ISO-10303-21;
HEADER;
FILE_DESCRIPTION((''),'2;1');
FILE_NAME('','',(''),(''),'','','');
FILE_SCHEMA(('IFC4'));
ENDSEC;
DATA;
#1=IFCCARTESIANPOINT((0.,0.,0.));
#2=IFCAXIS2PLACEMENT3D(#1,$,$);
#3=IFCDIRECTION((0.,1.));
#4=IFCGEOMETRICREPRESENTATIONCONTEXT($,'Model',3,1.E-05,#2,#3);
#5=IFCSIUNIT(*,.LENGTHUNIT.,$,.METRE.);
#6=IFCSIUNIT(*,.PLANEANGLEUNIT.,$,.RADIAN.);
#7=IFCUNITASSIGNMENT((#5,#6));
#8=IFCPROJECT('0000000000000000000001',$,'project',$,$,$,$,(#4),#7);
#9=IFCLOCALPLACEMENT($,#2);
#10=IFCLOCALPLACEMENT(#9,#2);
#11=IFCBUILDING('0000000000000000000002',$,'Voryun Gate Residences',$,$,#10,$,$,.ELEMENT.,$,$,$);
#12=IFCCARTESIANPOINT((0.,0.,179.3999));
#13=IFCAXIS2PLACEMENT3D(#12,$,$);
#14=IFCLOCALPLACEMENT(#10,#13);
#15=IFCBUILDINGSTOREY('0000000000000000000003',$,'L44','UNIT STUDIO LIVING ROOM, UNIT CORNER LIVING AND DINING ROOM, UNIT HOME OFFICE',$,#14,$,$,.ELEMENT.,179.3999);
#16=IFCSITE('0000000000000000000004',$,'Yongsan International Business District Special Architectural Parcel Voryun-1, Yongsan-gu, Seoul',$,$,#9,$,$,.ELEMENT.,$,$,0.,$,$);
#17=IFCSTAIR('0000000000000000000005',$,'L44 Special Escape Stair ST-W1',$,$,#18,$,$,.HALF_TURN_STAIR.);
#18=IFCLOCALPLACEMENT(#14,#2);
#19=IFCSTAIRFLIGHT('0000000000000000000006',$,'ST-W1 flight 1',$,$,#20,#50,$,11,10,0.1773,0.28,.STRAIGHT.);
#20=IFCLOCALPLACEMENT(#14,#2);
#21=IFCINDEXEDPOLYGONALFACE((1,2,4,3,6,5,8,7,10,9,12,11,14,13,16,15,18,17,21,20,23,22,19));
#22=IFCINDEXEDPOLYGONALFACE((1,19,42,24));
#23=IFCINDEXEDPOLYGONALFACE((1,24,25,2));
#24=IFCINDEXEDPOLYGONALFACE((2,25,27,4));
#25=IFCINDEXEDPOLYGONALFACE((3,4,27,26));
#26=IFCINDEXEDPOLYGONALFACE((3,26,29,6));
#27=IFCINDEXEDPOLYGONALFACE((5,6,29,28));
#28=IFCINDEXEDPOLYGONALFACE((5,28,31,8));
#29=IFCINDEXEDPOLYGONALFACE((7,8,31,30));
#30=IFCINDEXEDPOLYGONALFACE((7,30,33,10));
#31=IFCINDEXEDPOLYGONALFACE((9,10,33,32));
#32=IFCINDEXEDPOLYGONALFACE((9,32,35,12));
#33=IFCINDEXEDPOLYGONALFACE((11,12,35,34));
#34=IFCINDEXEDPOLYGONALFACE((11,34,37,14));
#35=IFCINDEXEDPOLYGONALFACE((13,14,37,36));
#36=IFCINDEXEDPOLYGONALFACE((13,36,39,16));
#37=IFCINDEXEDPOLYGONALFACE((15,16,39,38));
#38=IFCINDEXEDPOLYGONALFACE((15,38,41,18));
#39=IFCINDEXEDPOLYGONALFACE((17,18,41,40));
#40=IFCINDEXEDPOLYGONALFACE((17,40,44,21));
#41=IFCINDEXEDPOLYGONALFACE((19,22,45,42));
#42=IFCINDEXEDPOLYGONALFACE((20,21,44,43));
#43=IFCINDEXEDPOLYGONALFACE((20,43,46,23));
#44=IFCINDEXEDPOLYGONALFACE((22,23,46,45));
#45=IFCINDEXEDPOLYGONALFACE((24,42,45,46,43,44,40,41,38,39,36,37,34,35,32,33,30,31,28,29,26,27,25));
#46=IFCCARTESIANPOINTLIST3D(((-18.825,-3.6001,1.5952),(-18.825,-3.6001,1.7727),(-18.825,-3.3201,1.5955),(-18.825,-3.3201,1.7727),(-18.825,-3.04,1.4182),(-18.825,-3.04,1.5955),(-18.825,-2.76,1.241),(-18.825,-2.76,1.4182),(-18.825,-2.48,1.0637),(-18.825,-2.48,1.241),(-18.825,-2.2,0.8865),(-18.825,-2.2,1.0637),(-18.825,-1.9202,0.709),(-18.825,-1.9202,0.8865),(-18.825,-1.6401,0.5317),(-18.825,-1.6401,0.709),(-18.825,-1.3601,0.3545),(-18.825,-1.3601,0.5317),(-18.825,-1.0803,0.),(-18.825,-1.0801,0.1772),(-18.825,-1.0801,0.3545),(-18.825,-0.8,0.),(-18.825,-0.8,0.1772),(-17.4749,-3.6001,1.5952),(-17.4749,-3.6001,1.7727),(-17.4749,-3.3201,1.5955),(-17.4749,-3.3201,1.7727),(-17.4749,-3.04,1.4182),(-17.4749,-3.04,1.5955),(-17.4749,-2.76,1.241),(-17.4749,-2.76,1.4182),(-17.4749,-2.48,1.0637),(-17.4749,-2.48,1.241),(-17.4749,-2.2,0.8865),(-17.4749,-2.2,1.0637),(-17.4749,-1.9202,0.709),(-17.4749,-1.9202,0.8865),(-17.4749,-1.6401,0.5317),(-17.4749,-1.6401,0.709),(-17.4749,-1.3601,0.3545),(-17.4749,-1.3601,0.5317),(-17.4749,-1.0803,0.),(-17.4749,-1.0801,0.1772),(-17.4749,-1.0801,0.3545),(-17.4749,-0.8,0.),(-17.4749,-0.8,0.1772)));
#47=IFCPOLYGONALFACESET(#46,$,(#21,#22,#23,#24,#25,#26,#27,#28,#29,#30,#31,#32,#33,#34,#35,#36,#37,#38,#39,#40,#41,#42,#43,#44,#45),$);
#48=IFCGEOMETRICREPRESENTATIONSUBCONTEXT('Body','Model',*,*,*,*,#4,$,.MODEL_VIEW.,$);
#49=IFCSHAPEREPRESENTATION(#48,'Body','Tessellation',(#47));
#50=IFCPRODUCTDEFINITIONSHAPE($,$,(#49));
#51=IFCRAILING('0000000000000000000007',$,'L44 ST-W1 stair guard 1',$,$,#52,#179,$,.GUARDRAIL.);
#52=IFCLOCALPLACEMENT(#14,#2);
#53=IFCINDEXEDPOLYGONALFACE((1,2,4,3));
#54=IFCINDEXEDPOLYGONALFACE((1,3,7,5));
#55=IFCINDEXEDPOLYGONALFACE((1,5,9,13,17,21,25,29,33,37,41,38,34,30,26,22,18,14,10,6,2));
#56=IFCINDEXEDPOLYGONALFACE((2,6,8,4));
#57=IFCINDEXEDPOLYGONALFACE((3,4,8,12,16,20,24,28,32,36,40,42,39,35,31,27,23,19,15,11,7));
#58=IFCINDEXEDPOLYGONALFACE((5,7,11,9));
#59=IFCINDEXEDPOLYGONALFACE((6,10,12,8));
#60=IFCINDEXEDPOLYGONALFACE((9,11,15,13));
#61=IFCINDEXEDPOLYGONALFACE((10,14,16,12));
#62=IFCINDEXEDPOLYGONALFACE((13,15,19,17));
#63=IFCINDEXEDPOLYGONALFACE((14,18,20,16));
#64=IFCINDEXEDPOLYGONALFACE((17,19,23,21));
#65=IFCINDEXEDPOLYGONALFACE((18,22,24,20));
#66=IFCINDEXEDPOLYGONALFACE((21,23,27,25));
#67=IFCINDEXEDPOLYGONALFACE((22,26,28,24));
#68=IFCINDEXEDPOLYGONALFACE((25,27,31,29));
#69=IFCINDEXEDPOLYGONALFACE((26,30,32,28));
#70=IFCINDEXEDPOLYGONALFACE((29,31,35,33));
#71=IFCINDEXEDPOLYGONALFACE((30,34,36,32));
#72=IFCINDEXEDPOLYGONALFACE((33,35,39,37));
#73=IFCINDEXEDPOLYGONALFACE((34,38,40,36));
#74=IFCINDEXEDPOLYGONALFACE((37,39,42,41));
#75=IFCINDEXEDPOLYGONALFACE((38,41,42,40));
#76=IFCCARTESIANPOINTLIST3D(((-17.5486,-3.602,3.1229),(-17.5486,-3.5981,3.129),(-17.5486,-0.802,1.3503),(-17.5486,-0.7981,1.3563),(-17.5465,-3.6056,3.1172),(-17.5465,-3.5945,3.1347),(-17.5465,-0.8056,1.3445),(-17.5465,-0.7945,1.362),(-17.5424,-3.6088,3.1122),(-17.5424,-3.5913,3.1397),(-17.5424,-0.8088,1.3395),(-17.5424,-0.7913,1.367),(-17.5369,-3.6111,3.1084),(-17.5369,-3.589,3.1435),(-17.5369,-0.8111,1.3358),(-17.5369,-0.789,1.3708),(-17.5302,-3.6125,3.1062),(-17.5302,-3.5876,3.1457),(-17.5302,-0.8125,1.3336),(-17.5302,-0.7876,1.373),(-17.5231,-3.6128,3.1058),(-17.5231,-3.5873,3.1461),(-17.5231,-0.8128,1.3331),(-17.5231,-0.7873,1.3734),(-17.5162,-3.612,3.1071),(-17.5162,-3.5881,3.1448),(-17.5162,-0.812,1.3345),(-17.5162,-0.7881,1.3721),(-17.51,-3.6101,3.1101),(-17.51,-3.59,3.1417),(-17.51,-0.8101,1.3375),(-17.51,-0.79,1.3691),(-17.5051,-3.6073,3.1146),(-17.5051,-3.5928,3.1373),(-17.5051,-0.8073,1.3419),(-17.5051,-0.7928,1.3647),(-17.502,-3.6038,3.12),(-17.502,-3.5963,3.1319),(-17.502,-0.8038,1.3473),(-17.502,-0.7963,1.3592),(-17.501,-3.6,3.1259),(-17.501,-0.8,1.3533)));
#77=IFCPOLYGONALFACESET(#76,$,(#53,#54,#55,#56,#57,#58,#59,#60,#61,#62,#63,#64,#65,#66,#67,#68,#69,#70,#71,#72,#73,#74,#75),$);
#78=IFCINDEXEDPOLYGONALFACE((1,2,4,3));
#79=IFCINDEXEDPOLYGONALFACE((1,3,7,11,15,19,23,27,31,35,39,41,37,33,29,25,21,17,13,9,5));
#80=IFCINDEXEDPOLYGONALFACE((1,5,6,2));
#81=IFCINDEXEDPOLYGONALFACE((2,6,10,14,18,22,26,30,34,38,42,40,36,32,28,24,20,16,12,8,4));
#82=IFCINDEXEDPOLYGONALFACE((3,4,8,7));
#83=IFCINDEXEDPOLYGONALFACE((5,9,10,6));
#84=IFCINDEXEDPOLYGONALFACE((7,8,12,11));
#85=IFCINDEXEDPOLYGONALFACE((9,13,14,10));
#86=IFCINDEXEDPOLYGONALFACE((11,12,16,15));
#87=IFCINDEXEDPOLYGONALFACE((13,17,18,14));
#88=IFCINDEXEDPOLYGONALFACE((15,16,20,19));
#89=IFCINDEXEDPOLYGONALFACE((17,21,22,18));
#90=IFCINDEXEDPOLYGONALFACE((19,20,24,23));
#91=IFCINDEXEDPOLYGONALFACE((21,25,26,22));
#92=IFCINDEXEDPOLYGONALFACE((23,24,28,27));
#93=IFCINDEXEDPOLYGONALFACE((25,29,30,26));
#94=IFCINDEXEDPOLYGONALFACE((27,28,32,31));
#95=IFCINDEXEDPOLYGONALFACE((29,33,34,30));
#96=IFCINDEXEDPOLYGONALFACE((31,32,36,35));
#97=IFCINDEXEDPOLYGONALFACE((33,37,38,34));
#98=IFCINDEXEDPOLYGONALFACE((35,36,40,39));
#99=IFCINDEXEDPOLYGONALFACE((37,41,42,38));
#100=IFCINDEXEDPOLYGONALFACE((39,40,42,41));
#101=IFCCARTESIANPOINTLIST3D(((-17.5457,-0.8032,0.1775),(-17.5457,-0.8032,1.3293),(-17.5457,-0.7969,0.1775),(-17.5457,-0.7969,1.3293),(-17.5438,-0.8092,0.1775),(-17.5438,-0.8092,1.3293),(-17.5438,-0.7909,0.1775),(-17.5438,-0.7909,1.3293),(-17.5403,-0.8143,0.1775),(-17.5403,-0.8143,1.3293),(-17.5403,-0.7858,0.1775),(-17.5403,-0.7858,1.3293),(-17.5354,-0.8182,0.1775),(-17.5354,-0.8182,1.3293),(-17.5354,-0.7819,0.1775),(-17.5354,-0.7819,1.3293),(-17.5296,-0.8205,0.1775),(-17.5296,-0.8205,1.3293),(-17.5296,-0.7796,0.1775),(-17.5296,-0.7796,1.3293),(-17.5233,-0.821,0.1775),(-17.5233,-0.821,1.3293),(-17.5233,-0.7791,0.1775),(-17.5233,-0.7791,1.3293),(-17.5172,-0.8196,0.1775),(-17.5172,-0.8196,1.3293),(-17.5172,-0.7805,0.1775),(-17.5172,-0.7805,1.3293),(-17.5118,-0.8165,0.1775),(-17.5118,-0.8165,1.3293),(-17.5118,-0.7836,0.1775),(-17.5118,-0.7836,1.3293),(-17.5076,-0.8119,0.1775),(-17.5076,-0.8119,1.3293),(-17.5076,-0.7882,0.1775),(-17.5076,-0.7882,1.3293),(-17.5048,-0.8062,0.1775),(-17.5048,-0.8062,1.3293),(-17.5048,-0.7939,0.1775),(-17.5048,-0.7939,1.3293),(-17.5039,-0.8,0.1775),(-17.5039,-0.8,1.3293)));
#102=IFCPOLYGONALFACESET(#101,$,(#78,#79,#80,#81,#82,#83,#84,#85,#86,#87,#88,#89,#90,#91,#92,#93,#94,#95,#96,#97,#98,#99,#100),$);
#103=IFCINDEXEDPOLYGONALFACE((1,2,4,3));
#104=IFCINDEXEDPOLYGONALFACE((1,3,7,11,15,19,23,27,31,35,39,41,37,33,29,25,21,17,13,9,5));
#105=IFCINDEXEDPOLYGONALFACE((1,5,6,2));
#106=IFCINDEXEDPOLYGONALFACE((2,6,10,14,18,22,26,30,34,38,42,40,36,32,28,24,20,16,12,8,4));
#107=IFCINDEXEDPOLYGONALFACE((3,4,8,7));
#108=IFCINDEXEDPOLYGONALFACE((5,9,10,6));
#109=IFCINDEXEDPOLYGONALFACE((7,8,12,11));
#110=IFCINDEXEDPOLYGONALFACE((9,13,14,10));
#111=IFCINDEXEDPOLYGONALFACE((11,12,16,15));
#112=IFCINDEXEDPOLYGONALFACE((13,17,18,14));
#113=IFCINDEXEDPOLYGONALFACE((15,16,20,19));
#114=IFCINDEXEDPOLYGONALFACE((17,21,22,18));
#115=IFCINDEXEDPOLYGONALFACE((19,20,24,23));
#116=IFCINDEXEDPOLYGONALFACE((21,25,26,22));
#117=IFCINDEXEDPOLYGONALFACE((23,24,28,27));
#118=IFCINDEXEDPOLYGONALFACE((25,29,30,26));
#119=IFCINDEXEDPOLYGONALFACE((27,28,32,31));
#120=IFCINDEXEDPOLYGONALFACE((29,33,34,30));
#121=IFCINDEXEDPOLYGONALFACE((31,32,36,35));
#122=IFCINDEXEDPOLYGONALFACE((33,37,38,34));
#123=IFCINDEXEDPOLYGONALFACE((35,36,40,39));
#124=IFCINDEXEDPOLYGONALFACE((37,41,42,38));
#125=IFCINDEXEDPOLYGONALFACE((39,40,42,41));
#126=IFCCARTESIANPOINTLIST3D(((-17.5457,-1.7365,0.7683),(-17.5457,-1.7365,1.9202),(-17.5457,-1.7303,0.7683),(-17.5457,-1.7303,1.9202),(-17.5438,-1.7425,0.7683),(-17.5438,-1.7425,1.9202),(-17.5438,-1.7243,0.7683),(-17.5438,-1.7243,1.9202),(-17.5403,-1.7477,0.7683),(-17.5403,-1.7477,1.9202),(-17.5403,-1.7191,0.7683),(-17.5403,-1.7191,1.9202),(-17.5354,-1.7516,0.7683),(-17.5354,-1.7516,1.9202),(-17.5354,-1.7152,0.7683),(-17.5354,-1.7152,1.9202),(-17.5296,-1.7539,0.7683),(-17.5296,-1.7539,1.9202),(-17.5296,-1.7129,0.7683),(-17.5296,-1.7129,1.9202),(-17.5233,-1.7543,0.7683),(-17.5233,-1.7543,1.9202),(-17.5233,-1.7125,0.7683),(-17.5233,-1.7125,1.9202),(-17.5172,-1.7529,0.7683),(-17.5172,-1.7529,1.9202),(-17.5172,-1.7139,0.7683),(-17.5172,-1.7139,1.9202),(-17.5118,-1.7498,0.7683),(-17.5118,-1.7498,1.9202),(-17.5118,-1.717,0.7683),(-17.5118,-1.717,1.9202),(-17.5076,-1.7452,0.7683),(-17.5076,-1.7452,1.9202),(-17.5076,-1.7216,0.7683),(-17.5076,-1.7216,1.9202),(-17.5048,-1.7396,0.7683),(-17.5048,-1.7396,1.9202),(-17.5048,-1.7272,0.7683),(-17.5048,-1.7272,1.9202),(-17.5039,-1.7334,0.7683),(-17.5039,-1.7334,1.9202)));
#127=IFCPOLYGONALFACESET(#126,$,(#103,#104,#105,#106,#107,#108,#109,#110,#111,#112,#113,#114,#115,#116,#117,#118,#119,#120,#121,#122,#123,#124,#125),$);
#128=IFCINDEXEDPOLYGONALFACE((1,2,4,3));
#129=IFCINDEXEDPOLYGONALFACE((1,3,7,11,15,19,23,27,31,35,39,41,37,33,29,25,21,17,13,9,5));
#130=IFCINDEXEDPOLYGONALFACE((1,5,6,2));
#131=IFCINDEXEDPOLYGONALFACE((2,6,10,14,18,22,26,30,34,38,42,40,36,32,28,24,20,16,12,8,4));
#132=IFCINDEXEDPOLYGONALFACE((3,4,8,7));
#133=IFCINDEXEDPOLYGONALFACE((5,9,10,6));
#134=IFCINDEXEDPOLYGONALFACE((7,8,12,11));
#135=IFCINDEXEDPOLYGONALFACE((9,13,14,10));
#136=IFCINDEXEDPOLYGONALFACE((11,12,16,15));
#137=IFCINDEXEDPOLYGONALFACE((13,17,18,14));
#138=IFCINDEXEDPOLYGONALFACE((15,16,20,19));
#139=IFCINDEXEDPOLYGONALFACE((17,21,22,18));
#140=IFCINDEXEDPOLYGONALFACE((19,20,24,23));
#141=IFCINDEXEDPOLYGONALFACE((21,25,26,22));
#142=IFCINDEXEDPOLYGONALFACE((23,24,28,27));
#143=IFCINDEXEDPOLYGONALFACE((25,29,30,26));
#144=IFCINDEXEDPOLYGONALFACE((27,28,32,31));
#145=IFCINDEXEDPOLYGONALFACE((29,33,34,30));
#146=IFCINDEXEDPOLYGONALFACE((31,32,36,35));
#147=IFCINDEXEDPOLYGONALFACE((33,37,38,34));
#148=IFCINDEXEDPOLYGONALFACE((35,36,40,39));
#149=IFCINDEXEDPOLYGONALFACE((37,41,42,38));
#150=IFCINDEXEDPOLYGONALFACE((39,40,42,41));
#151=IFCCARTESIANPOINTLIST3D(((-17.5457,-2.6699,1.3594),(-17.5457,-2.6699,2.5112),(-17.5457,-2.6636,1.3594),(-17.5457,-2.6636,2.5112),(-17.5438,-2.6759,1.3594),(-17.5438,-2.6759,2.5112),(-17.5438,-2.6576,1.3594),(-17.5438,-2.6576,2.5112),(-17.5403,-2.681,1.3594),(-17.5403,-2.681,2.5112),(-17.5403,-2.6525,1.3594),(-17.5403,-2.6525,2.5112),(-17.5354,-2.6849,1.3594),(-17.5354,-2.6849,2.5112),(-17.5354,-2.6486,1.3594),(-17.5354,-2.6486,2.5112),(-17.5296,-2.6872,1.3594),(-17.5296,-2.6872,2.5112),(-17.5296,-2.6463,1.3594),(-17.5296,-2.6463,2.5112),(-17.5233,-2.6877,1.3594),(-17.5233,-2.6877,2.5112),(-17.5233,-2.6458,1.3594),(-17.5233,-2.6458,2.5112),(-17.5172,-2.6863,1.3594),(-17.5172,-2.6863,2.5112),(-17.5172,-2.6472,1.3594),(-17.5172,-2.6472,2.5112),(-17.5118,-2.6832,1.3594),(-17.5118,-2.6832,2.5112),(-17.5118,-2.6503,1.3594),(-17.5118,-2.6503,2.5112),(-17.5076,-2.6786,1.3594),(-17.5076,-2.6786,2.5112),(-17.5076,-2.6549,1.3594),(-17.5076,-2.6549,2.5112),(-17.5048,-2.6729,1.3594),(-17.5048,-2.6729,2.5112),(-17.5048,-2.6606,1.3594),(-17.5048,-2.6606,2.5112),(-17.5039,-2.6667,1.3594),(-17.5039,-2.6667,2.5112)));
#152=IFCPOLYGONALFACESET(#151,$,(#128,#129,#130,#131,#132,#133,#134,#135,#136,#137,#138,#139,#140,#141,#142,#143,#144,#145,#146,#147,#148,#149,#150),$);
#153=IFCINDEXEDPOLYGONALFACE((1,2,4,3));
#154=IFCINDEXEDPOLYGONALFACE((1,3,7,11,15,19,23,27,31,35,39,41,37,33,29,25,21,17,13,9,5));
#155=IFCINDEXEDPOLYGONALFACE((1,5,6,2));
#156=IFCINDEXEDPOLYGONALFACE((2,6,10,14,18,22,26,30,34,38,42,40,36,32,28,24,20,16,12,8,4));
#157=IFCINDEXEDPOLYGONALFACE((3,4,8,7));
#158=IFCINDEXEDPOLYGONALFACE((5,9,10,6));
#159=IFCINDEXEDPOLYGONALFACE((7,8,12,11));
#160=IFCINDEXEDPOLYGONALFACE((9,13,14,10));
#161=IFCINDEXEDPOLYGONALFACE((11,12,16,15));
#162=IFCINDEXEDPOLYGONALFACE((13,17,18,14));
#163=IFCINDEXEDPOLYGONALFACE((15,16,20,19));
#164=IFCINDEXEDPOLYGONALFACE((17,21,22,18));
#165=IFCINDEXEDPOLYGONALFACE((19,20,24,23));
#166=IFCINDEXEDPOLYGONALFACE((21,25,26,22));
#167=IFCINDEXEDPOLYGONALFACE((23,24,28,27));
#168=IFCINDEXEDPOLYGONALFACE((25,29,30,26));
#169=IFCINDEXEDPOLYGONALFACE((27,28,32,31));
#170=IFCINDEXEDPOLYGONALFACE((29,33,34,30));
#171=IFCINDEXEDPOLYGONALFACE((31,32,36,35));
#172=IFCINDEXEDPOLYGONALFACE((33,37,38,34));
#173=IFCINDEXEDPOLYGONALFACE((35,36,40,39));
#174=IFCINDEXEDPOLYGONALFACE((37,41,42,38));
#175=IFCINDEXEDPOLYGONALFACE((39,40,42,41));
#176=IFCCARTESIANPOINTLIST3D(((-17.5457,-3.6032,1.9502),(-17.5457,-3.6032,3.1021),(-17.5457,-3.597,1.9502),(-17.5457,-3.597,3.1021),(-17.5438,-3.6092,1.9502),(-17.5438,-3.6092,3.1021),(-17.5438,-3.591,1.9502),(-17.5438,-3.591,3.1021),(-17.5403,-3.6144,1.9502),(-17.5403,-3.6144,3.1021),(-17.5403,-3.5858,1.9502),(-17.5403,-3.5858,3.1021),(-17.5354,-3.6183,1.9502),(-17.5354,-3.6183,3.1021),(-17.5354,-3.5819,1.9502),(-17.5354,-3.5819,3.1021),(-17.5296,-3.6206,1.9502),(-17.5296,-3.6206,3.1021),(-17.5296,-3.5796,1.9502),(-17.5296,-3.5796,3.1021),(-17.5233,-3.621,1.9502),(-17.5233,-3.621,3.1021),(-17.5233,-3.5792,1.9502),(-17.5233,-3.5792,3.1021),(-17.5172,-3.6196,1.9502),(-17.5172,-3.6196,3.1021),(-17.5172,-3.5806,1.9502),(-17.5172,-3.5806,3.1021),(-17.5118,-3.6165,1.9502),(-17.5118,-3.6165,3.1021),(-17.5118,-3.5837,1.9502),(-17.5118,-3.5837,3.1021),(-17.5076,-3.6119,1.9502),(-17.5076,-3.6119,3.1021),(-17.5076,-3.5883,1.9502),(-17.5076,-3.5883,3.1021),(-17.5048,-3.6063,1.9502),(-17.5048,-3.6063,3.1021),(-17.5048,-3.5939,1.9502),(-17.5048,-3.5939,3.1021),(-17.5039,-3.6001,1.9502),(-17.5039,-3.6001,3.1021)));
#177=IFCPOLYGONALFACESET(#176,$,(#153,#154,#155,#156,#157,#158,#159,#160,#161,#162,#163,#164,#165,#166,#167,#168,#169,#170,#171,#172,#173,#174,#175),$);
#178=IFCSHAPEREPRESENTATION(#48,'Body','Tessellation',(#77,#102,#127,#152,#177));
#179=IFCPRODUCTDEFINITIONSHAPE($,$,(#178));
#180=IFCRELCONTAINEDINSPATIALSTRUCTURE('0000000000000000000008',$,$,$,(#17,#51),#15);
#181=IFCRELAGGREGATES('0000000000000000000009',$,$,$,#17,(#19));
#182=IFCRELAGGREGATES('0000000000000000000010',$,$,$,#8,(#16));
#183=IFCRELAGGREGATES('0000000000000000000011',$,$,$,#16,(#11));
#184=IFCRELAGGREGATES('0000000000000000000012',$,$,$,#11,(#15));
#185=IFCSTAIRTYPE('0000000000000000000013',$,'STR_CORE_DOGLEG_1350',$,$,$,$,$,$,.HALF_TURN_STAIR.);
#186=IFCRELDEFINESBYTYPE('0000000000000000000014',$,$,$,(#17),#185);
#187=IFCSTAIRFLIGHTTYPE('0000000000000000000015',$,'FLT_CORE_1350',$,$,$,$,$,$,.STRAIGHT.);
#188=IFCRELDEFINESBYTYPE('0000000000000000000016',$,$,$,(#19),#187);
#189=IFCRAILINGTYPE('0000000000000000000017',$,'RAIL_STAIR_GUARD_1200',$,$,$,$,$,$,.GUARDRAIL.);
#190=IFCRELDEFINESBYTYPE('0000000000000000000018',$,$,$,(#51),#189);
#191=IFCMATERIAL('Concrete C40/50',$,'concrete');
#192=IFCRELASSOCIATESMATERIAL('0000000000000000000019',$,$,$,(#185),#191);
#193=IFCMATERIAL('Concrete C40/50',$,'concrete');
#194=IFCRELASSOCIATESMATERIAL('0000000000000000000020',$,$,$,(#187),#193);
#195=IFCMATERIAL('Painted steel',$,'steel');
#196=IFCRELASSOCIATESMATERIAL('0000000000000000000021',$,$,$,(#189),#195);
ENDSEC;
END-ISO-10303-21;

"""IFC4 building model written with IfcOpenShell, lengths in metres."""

from ifc_helpers import new_model, si_unit, direction, frame, origin, origin_2d, place, context, subcontext, project, spatial, polyline, circle, outline, extrude, material, type_object, element, aggregate, save


model = new_model("IFC4")

# Units and contexts
model_context = context("Model", 3, precision=1e-05, world=origin(), true_north=direction((0.0, 1.0)))
body_context = subcontext(model_context, "Body", "Model", "MODEL_VIEW")
ifc_project = project(units=[si_unit("LENGTHUNIT", "METRE"), si_unit("PLANEANGLEUNIT", "RADIAN")], contexts=[model_context])

# Site, building, storey
site_placement = place(None, origin())
site = spatial("IfcSite", under=ifc_project, at=site_placement, Name="Yongsan International Business District Special Architectural Parcel Voryun-1, Yongsan-gu, Seoul", CompositionType="ELEMENT", RefElevation=0.0)
building_placement = place(site_placement, origin())
building = spatial("IfcBuilding", under=site, at=building_placement, Name="Voryun Gate Residences", CompositionType="ELEMENT")
storey_placement = place(building_placement, frame((0.0, 0.0, 179.3999)))
storey = spatial("IfcBuildingStorey", under=building, at=storey_placement, Name="L44", Description="UNIT STUDIO LIVING ROOM, UNIT CORNER LIVING AND DINING ROOM, UNIT HOME OFFICE", CompositionType="ELEMENT", Elevation=179.3999)

# Stair, stair flight
ifc_material_1 = material(Name="Concrete C40/50", Category="concrete")
stair_type = type_object("IfcStairType", Name="STR_CORE_DOGLEG_1350", PredefinedType="HALF_TURN_STAIR", material=ifc_material_1)
stair_placement = place(storey_placement, origin())
stair = element("IfcStair", 1, at=stair_placement, inside=storey, type_object=stair_type, Name="L44 Special Escape Stair ST-W1", PredefinedType="HALF_TURN_STAIR")
ifc_material_2 = material(Name="Concrete C40/50", Category="concrete")
stair_flight_type = type_object("IfcStairFlightType", Name="FLT_CORE_1350", PredefinedType="STRAIGHT", material=ifc_material_2)
stair_flight_placement = place(storey_placement, frame((-18.1499, -0.8, 0.0), z_axis=(0.0, 0.0, 1.0), x_axis=(0.0, -1.0, 0.0)))
stair_flight = element("IfcStairFlight", 2, at=stair_flight_placement, type_object=stair_flight_type, Name="ST-W1 flight 1", NumberOfRisers=11, NumberOfTreads=10, PredefinedType="STRAIGHT", RiserHeight=0.1773, TreadLength=0.28, context=body_context, shape_type="SweptSolid", body=[
    extrude(outline(polyline([(0.0, 0.0), (0.0, 0.1772), (0.28, 0.1772), (0.28, 0.3545), (0.5601, 0.3545), (0.5601, 0.5317), (0.8401, 0.5317), (0.8401, 0.709), (1.1201, 0.709), (1.1201, 0.8865), (1.3999, 0.8865), (1.3999, 1.0637), (1.6799, 1.0637), (1.6799, 1.241), (1.96, 1.241), (1.96, 1.4182), (2.24, 1.4182), (2.24, 1.5955), (2.52, 1.5955), (2.52, 1.7727), (2.8, 1.7727), (2.8, 1.95), (2.8, 1.5952), (0.2803, 0.0), (0.0, 0.0)])), frame((0.0, 0.675, 0.0), z_axis=(0.0, -1.0, 0.0), x_axis=(1.0, 0.0, 0.0)), (0.0, 0.0, 1.0), 1.3501),
])
aggregate(stair, [stair_flight])

# Railing
ifc_material_3 = material(Name="Painted steel", Category="steel")
railing_type_1 = type_object("IfcRailingType", Name="RAIL_STAIR_GUARD_1200", PredefinedType="GUARDRAIL", material=ifc_material_3)
railing_1_placement = place(storey_placement, frame((-17.5249, -0.8, 0.1775)))
element("IfcRailing", 3, at=railing_1_placement, inside=storey, type_object=railing_type_1, Name="L44 ST-W1 stair guard 1", PredefinedType="GUARDRAIL", context=body_context, shape_type="SweptSolid", body=[
    extrude(circle(Radius=0.0239, at=origin_2d()), frame((0.0, 0.0, 1.1758), z_axis=(0.0, -0.844909, 0.53491), x_axis=(1.0, 0.0, 0.0)), (0.0, 0.0, 1.0), 3.314),
    extrude(circle(Radius=0.021, at=origin_2d()), origin(), (0.0, 0.0, 1.0), 1.1519),
    extrude(circle(Radius=0.021, at=origin_2d()), frame((0.0, -0.9333, 0.5908)), (0.0, 0.0, 1.0), 1.1519),
    extrude(circle(Radius=0.021, at=origin_2d()), frame((0.0, -1.8667, 1.1819)), (0.0, 0.0, 1.0), 1.1519),
    extrude(circle(Radius=0.021, at=origin_2d()), frame((0.0, -2.8, 1.7727)), (0.0, 0.0, 1.0), 1.1519),
])

save(model, "model.ifc")
